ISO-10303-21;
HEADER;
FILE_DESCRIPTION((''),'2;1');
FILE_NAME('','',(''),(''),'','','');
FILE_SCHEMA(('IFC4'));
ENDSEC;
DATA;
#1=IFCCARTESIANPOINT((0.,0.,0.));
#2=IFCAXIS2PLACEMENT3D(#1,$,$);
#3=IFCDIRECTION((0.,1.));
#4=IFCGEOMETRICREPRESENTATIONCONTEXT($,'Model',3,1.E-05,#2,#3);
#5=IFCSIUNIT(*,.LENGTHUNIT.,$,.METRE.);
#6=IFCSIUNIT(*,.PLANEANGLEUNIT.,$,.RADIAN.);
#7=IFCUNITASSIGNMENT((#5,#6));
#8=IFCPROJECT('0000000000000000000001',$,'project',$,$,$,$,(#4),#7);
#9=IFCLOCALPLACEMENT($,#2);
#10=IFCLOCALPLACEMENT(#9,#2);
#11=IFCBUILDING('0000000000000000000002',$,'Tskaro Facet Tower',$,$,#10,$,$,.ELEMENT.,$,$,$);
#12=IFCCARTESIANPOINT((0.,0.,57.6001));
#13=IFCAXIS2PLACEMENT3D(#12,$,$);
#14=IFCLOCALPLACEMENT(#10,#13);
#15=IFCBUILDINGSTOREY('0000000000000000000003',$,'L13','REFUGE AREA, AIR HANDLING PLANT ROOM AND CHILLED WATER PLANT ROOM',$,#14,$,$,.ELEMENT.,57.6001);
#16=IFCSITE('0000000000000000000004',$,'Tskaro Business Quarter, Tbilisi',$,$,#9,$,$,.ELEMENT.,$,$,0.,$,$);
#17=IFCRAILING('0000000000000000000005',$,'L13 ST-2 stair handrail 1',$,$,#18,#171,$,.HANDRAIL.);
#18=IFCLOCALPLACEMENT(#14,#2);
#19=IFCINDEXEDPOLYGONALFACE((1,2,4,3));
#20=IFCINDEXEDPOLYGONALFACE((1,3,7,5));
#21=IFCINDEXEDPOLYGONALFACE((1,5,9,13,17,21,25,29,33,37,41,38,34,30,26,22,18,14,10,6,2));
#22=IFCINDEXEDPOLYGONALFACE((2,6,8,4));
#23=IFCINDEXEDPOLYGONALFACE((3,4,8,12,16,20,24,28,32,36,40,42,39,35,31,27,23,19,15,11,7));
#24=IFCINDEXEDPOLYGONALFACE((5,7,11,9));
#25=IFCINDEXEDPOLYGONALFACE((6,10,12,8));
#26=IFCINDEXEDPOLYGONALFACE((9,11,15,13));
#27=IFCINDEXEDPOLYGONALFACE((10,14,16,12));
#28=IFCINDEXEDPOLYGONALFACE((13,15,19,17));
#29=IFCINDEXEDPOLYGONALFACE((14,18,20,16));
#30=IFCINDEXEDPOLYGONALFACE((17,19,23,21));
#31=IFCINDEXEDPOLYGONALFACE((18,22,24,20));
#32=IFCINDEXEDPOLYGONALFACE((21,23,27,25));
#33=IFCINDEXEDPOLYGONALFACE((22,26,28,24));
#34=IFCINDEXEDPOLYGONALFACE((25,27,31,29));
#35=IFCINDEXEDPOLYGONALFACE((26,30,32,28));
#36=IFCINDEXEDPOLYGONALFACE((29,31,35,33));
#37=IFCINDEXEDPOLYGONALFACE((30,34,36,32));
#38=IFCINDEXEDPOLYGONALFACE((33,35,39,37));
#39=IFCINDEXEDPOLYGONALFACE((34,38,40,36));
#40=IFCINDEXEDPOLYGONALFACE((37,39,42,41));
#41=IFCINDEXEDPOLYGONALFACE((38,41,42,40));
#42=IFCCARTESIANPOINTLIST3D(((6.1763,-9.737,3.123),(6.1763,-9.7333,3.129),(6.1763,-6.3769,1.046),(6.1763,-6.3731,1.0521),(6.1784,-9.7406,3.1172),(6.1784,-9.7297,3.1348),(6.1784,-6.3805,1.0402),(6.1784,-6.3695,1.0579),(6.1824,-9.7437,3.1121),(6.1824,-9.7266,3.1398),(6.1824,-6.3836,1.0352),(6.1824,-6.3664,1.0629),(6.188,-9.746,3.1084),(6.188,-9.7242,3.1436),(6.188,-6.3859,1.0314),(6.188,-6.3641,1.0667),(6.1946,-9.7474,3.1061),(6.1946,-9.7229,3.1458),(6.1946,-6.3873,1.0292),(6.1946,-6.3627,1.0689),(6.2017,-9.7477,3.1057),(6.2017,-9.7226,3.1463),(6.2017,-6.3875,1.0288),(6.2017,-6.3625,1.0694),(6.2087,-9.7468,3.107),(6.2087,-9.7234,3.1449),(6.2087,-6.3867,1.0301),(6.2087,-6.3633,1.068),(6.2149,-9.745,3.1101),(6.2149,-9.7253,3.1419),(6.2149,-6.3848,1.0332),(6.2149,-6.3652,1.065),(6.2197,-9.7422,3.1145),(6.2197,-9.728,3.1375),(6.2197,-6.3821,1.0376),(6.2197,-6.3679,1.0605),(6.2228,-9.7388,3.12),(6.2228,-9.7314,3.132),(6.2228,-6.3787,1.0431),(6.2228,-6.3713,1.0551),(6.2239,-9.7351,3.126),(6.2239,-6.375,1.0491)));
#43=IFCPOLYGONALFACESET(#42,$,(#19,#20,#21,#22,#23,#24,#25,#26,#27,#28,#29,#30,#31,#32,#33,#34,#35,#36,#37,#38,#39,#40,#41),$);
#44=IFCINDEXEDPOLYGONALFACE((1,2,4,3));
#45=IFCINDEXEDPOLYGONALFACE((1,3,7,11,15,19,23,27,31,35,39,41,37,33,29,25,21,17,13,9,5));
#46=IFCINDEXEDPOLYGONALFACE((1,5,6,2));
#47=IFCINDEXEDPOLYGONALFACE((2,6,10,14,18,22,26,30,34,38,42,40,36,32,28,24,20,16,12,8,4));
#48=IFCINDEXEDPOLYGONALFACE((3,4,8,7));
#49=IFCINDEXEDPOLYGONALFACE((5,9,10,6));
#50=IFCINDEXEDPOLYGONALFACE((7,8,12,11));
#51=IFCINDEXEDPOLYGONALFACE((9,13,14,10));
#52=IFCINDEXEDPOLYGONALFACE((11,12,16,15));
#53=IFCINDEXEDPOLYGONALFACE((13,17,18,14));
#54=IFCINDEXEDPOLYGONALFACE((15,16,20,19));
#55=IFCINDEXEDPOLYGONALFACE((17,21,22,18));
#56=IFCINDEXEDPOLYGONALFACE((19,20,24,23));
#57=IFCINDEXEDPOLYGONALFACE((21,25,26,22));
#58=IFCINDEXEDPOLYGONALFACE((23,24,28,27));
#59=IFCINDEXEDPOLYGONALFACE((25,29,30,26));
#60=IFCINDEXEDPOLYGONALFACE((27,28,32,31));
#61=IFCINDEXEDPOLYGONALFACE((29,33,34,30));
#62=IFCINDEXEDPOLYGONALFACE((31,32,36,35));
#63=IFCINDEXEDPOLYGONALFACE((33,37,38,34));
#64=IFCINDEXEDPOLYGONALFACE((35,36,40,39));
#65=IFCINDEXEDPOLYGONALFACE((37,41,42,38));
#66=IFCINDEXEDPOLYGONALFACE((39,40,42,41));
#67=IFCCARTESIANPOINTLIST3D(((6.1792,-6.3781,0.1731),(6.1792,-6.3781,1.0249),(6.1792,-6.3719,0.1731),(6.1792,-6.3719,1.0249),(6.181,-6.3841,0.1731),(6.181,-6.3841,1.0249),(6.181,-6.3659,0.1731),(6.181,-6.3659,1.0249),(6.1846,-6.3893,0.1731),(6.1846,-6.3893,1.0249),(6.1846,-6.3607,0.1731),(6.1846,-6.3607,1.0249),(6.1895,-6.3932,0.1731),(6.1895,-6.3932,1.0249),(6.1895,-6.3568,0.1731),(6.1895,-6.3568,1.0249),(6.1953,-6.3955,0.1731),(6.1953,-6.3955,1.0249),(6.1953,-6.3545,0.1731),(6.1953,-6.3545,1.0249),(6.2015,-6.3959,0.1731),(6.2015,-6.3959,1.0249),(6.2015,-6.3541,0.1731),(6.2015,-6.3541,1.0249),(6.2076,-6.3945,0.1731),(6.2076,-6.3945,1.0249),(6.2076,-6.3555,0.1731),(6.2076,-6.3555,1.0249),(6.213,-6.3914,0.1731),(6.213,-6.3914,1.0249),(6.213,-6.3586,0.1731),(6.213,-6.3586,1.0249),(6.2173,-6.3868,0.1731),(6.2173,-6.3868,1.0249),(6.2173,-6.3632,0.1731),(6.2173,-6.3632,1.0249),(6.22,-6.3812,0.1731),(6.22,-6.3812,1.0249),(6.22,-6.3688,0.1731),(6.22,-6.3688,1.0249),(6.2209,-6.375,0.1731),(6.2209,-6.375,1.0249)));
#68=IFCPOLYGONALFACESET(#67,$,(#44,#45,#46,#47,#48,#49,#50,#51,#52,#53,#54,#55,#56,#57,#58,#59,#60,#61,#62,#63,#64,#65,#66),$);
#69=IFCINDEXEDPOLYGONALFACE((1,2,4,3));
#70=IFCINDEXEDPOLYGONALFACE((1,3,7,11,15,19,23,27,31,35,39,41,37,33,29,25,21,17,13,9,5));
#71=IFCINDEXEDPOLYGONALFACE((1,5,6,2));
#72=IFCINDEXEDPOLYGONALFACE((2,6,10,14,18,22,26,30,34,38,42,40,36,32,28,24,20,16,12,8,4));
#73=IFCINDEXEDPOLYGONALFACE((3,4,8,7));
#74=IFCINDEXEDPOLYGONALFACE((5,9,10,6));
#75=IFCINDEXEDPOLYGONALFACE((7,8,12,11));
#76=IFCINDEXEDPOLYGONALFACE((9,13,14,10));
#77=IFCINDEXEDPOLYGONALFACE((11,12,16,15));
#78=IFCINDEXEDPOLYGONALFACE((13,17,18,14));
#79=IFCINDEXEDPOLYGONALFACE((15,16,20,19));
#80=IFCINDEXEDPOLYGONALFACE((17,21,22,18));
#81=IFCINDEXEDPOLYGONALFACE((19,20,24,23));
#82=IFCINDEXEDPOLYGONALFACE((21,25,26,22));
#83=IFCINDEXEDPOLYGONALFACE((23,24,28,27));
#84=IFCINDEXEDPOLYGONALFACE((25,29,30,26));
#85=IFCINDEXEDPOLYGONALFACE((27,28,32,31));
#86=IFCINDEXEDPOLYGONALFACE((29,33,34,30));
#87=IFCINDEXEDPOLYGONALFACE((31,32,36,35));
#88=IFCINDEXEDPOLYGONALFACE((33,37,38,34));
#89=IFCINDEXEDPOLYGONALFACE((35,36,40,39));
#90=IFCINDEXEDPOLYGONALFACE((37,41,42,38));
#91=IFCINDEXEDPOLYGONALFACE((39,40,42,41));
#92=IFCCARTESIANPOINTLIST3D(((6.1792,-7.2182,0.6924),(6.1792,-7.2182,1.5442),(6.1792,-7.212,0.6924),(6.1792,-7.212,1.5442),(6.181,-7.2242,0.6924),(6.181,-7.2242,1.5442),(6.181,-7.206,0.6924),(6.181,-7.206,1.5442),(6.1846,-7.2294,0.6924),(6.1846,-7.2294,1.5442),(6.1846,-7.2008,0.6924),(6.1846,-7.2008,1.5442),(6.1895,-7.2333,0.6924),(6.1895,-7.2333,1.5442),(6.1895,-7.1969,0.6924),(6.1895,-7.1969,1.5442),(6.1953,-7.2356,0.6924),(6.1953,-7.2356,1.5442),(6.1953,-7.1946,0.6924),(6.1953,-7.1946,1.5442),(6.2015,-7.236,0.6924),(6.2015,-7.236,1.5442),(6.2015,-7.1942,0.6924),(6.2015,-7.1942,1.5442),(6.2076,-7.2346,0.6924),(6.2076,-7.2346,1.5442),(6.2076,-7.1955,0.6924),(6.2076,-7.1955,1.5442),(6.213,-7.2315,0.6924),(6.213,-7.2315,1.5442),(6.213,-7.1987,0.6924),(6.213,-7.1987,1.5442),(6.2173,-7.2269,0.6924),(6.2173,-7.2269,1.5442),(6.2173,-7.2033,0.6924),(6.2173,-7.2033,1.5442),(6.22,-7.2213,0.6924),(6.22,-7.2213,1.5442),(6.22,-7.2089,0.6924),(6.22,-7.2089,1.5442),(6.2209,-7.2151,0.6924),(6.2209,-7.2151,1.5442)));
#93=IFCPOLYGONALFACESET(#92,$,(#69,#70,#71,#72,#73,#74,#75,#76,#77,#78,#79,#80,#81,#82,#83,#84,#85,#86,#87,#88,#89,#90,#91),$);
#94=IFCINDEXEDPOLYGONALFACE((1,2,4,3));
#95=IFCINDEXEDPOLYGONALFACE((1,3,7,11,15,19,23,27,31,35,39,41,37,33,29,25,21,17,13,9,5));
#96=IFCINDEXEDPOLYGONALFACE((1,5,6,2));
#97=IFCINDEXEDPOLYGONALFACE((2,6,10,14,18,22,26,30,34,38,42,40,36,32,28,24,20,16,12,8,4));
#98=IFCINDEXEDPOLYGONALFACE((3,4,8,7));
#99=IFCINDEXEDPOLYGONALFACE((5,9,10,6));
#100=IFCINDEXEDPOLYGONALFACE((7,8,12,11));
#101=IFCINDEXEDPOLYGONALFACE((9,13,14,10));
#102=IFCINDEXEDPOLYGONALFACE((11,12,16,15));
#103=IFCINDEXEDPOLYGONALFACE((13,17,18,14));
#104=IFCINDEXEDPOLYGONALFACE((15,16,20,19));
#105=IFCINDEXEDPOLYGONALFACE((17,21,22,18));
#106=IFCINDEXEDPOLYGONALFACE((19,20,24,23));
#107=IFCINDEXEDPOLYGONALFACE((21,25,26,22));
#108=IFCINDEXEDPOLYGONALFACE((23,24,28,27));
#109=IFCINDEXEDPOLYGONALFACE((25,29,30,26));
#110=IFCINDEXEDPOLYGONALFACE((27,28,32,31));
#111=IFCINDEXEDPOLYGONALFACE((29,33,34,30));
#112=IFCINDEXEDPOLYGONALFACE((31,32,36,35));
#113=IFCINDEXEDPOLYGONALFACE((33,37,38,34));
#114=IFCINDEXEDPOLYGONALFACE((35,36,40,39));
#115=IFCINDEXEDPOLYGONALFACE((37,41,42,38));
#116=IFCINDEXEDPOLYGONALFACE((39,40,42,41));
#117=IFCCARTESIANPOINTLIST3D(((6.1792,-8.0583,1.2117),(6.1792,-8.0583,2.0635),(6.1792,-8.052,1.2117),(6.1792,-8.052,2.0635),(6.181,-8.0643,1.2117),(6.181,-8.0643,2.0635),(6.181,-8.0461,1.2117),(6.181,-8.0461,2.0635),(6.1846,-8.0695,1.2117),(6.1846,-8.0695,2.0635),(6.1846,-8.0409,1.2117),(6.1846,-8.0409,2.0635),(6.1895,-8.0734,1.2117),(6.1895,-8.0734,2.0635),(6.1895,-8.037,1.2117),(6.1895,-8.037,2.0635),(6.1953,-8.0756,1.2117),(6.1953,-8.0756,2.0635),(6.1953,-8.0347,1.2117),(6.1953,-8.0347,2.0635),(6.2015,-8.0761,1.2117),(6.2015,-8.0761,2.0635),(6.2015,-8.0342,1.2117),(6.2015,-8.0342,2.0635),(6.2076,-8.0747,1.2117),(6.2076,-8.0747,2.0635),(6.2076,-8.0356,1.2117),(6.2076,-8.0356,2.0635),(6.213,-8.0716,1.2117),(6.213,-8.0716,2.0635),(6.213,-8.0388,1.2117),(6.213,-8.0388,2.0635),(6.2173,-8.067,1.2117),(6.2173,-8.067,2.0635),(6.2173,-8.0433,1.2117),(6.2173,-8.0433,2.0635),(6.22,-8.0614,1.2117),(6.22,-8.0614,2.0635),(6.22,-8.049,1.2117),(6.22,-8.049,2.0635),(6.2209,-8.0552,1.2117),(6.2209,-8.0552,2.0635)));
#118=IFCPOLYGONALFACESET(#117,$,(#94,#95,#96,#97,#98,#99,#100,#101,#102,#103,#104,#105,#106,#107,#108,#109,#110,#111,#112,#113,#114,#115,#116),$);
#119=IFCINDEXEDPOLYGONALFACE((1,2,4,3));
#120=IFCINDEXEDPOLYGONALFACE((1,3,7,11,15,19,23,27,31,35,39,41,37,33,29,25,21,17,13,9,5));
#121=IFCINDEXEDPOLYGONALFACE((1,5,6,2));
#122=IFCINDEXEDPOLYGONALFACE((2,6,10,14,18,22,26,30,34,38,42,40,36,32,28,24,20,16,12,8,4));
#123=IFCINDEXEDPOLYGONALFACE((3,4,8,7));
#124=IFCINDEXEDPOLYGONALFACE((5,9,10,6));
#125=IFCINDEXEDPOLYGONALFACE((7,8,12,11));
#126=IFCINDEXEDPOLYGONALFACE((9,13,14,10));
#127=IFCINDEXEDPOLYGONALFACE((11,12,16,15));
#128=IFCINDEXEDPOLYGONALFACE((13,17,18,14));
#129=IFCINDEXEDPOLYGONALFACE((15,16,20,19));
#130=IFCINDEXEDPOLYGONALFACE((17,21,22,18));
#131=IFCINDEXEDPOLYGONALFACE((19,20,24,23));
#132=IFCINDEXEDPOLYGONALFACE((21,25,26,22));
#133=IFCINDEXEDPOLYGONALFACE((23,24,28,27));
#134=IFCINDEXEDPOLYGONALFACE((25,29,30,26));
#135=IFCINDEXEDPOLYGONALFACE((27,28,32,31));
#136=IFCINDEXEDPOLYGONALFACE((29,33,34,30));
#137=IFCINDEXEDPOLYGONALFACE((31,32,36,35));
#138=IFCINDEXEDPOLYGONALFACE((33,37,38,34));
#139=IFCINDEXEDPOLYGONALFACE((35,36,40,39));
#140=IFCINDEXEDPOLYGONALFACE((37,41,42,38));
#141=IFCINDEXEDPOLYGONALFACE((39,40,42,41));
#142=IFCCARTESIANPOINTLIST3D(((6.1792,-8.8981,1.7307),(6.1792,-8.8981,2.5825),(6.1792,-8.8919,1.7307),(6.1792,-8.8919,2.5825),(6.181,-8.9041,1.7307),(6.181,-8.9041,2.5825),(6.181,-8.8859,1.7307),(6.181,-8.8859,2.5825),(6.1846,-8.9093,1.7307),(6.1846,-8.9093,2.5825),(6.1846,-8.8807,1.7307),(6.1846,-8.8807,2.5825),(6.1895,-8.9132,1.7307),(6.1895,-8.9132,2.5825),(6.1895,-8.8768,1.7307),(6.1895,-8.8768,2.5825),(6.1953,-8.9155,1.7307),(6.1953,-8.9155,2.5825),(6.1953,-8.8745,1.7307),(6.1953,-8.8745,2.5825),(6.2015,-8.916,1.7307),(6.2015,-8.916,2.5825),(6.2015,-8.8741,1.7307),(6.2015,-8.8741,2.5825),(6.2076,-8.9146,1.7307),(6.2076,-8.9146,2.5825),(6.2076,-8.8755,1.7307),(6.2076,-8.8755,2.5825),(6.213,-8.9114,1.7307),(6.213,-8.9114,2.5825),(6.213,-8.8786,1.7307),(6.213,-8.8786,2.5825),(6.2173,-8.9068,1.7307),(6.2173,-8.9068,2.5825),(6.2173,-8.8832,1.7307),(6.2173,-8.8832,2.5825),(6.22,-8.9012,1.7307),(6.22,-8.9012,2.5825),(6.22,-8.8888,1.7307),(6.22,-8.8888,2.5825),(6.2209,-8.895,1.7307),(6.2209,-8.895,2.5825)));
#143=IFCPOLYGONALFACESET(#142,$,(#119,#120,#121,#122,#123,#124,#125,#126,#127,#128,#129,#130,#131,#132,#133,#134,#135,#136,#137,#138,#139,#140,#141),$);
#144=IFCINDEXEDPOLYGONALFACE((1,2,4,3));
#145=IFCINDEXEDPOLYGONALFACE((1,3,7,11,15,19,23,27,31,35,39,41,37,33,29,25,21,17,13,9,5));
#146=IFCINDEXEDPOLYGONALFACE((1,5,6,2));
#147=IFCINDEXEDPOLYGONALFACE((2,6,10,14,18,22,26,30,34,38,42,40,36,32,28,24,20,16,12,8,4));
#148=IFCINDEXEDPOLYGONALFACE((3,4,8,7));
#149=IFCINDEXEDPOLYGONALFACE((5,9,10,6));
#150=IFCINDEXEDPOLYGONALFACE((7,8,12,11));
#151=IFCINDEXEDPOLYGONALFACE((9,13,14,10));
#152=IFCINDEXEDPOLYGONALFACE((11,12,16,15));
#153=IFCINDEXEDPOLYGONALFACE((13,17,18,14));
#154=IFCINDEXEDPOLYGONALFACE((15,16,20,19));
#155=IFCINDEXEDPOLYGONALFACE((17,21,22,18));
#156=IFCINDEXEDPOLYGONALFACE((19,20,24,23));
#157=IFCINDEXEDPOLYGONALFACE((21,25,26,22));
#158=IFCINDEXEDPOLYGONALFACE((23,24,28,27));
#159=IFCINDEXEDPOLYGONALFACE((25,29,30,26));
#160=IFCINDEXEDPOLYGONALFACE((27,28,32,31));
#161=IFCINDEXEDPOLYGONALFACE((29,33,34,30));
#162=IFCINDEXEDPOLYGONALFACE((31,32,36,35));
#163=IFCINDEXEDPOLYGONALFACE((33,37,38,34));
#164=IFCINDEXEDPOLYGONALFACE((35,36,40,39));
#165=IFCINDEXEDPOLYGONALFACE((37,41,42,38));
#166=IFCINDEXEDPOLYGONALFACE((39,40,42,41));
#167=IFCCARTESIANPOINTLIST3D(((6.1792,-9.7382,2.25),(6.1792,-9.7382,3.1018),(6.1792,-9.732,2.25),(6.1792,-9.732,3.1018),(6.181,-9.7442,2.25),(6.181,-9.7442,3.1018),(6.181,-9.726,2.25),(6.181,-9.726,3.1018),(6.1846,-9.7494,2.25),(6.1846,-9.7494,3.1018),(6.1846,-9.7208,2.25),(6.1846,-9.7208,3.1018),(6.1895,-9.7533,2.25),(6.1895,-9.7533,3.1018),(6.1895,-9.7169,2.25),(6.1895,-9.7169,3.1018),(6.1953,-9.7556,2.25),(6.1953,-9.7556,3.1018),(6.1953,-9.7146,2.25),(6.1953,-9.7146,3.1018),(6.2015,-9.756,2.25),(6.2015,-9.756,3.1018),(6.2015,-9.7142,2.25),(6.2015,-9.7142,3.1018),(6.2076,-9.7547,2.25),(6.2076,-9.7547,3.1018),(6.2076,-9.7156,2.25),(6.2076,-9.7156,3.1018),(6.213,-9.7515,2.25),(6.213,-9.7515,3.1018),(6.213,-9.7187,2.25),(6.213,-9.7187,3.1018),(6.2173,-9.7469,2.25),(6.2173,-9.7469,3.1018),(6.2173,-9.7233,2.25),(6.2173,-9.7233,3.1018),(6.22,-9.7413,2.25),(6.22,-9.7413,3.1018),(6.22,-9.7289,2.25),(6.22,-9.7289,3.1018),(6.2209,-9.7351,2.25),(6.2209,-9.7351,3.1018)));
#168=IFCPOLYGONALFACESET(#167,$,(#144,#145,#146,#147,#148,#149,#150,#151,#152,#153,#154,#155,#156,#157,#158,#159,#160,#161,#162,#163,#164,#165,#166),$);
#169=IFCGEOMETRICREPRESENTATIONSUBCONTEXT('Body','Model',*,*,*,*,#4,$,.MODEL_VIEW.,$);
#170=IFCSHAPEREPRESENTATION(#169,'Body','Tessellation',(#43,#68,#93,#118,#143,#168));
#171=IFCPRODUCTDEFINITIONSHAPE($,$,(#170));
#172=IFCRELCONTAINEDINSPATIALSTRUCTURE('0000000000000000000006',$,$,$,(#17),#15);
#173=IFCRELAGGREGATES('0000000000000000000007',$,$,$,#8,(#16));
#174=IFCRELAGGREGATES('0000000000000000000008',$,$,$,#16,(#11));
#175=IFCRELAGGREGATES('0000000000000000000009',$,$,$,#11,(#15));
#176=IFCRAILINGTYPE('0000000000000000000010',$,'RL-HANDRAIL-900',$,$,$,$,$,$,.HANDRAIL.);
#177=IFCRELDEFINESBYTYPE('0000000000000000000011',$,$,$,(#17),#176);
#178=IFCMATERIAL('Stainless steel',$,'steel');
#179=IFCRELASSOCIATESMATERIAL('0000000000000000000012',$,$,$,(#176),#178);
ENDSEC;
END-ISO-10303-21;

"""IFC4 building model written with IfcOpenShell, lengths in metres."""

from ifc_helpers import new_model, si_unit, direction, frame, origin, origin_2d, place, context, subcontext, project, spatial, circle, extrude, material, type_object, element, save


model = new_model("IFC4")

# Units and contexts
model_context = context("Model", 3, precision=1e-05, world=origin(), true_north=direction((0.0, 1.0)))
body_context = subcontext(model_context, "Body", "Model", "MODEL_VIEW")
ifc_project = project(units=[si_unit("LENGTHUNIT", "METRE"), si_unit("PLANEANGLEUNIT", "RADIAN")], contexts=[model_context])

# Site, building, storey
site_placement = place(None, origin())
site = spatial("IfcSite", under=ifc_project, at=site_placement, Name="Tskaro Business Quarter, Tbilisi", CompositionType="ELEMENT", RefElevation=0.0)
building_placement = place(site_placement, origin())
building = spatial("IfcBuilding", under=site, at=building_placement, Name="Tskaro Facet Tower", CompositionType="ELEMENT")
storey_placement = place(building_placement, frame((0.0, 0.0, 57.6001)))
storey = spatial("IfcBuildingStorey", under=building, at=storey_placement, Name="L13", Description="REFUGE AREA, AIR HANDLING PLANT ROOM AND CHILLED WATER PLANT ROOM", CompositionType="ELEMENT", Elevation=57.6001)

# Railing
ifc_material_1 = material(Name="Stainless steel", Category="steel")
railing_type_1 = type_object("IfcRailingType", Name="RL-HANDRAIL-900", PredefinedType="HANDRAIL", material=ifc_material_1)
railing_1_placement = place(storey_placement, frame((6.2, -6.375, 0.1731)))
element("IfcRailing", 1, at=railing_1_placement, inside=storey, type_object=railing_type_1, Name="L13 ST-2 stair handrail 1", PredefinedType="HANDRAIL", context=body_context, shape_type="SweptSolid", body=[
    extrude(circle(Radius=0.0239, at=origin_2d()), frame((0.0, 0.0, 0.876), z_axis=(0.0, -0.850623, 0.525776), x_axis=(1.0, 0.0, 0.0)), (0.0, 0.0, 1.0), 3.9502),
    extrude(circle(Radius=0.021, at=origin_2d()), origin(), (0.0, 0.0, 1.0), 0.8518),
    extrude(circle(Radius=0.021, at=origin_2d()), frame((0.0, -0.8401, 0.5193)), (0.0, 0.0, 1.0), 0.8518),
    extrude(circle(Radius=0.021, at=origin_2d()), frame((0.0, -1.6802, 1.0386)), (0.0, 0.0, 1.0), 0.8518),
    extrude(circle(Radius=0.021, at=origin_2d()), frame((0.0, -2.52, 1.5576)), (0.0, 0.0, 1.0), 0.8518),
    extrude(circle(Radius=0.021, at=origin_2d()), frame((0.0, -3.3601, 2.0769)), (0.0, 0.0, 1.0), 0.8518),
])

save(model, "model.ifc")
